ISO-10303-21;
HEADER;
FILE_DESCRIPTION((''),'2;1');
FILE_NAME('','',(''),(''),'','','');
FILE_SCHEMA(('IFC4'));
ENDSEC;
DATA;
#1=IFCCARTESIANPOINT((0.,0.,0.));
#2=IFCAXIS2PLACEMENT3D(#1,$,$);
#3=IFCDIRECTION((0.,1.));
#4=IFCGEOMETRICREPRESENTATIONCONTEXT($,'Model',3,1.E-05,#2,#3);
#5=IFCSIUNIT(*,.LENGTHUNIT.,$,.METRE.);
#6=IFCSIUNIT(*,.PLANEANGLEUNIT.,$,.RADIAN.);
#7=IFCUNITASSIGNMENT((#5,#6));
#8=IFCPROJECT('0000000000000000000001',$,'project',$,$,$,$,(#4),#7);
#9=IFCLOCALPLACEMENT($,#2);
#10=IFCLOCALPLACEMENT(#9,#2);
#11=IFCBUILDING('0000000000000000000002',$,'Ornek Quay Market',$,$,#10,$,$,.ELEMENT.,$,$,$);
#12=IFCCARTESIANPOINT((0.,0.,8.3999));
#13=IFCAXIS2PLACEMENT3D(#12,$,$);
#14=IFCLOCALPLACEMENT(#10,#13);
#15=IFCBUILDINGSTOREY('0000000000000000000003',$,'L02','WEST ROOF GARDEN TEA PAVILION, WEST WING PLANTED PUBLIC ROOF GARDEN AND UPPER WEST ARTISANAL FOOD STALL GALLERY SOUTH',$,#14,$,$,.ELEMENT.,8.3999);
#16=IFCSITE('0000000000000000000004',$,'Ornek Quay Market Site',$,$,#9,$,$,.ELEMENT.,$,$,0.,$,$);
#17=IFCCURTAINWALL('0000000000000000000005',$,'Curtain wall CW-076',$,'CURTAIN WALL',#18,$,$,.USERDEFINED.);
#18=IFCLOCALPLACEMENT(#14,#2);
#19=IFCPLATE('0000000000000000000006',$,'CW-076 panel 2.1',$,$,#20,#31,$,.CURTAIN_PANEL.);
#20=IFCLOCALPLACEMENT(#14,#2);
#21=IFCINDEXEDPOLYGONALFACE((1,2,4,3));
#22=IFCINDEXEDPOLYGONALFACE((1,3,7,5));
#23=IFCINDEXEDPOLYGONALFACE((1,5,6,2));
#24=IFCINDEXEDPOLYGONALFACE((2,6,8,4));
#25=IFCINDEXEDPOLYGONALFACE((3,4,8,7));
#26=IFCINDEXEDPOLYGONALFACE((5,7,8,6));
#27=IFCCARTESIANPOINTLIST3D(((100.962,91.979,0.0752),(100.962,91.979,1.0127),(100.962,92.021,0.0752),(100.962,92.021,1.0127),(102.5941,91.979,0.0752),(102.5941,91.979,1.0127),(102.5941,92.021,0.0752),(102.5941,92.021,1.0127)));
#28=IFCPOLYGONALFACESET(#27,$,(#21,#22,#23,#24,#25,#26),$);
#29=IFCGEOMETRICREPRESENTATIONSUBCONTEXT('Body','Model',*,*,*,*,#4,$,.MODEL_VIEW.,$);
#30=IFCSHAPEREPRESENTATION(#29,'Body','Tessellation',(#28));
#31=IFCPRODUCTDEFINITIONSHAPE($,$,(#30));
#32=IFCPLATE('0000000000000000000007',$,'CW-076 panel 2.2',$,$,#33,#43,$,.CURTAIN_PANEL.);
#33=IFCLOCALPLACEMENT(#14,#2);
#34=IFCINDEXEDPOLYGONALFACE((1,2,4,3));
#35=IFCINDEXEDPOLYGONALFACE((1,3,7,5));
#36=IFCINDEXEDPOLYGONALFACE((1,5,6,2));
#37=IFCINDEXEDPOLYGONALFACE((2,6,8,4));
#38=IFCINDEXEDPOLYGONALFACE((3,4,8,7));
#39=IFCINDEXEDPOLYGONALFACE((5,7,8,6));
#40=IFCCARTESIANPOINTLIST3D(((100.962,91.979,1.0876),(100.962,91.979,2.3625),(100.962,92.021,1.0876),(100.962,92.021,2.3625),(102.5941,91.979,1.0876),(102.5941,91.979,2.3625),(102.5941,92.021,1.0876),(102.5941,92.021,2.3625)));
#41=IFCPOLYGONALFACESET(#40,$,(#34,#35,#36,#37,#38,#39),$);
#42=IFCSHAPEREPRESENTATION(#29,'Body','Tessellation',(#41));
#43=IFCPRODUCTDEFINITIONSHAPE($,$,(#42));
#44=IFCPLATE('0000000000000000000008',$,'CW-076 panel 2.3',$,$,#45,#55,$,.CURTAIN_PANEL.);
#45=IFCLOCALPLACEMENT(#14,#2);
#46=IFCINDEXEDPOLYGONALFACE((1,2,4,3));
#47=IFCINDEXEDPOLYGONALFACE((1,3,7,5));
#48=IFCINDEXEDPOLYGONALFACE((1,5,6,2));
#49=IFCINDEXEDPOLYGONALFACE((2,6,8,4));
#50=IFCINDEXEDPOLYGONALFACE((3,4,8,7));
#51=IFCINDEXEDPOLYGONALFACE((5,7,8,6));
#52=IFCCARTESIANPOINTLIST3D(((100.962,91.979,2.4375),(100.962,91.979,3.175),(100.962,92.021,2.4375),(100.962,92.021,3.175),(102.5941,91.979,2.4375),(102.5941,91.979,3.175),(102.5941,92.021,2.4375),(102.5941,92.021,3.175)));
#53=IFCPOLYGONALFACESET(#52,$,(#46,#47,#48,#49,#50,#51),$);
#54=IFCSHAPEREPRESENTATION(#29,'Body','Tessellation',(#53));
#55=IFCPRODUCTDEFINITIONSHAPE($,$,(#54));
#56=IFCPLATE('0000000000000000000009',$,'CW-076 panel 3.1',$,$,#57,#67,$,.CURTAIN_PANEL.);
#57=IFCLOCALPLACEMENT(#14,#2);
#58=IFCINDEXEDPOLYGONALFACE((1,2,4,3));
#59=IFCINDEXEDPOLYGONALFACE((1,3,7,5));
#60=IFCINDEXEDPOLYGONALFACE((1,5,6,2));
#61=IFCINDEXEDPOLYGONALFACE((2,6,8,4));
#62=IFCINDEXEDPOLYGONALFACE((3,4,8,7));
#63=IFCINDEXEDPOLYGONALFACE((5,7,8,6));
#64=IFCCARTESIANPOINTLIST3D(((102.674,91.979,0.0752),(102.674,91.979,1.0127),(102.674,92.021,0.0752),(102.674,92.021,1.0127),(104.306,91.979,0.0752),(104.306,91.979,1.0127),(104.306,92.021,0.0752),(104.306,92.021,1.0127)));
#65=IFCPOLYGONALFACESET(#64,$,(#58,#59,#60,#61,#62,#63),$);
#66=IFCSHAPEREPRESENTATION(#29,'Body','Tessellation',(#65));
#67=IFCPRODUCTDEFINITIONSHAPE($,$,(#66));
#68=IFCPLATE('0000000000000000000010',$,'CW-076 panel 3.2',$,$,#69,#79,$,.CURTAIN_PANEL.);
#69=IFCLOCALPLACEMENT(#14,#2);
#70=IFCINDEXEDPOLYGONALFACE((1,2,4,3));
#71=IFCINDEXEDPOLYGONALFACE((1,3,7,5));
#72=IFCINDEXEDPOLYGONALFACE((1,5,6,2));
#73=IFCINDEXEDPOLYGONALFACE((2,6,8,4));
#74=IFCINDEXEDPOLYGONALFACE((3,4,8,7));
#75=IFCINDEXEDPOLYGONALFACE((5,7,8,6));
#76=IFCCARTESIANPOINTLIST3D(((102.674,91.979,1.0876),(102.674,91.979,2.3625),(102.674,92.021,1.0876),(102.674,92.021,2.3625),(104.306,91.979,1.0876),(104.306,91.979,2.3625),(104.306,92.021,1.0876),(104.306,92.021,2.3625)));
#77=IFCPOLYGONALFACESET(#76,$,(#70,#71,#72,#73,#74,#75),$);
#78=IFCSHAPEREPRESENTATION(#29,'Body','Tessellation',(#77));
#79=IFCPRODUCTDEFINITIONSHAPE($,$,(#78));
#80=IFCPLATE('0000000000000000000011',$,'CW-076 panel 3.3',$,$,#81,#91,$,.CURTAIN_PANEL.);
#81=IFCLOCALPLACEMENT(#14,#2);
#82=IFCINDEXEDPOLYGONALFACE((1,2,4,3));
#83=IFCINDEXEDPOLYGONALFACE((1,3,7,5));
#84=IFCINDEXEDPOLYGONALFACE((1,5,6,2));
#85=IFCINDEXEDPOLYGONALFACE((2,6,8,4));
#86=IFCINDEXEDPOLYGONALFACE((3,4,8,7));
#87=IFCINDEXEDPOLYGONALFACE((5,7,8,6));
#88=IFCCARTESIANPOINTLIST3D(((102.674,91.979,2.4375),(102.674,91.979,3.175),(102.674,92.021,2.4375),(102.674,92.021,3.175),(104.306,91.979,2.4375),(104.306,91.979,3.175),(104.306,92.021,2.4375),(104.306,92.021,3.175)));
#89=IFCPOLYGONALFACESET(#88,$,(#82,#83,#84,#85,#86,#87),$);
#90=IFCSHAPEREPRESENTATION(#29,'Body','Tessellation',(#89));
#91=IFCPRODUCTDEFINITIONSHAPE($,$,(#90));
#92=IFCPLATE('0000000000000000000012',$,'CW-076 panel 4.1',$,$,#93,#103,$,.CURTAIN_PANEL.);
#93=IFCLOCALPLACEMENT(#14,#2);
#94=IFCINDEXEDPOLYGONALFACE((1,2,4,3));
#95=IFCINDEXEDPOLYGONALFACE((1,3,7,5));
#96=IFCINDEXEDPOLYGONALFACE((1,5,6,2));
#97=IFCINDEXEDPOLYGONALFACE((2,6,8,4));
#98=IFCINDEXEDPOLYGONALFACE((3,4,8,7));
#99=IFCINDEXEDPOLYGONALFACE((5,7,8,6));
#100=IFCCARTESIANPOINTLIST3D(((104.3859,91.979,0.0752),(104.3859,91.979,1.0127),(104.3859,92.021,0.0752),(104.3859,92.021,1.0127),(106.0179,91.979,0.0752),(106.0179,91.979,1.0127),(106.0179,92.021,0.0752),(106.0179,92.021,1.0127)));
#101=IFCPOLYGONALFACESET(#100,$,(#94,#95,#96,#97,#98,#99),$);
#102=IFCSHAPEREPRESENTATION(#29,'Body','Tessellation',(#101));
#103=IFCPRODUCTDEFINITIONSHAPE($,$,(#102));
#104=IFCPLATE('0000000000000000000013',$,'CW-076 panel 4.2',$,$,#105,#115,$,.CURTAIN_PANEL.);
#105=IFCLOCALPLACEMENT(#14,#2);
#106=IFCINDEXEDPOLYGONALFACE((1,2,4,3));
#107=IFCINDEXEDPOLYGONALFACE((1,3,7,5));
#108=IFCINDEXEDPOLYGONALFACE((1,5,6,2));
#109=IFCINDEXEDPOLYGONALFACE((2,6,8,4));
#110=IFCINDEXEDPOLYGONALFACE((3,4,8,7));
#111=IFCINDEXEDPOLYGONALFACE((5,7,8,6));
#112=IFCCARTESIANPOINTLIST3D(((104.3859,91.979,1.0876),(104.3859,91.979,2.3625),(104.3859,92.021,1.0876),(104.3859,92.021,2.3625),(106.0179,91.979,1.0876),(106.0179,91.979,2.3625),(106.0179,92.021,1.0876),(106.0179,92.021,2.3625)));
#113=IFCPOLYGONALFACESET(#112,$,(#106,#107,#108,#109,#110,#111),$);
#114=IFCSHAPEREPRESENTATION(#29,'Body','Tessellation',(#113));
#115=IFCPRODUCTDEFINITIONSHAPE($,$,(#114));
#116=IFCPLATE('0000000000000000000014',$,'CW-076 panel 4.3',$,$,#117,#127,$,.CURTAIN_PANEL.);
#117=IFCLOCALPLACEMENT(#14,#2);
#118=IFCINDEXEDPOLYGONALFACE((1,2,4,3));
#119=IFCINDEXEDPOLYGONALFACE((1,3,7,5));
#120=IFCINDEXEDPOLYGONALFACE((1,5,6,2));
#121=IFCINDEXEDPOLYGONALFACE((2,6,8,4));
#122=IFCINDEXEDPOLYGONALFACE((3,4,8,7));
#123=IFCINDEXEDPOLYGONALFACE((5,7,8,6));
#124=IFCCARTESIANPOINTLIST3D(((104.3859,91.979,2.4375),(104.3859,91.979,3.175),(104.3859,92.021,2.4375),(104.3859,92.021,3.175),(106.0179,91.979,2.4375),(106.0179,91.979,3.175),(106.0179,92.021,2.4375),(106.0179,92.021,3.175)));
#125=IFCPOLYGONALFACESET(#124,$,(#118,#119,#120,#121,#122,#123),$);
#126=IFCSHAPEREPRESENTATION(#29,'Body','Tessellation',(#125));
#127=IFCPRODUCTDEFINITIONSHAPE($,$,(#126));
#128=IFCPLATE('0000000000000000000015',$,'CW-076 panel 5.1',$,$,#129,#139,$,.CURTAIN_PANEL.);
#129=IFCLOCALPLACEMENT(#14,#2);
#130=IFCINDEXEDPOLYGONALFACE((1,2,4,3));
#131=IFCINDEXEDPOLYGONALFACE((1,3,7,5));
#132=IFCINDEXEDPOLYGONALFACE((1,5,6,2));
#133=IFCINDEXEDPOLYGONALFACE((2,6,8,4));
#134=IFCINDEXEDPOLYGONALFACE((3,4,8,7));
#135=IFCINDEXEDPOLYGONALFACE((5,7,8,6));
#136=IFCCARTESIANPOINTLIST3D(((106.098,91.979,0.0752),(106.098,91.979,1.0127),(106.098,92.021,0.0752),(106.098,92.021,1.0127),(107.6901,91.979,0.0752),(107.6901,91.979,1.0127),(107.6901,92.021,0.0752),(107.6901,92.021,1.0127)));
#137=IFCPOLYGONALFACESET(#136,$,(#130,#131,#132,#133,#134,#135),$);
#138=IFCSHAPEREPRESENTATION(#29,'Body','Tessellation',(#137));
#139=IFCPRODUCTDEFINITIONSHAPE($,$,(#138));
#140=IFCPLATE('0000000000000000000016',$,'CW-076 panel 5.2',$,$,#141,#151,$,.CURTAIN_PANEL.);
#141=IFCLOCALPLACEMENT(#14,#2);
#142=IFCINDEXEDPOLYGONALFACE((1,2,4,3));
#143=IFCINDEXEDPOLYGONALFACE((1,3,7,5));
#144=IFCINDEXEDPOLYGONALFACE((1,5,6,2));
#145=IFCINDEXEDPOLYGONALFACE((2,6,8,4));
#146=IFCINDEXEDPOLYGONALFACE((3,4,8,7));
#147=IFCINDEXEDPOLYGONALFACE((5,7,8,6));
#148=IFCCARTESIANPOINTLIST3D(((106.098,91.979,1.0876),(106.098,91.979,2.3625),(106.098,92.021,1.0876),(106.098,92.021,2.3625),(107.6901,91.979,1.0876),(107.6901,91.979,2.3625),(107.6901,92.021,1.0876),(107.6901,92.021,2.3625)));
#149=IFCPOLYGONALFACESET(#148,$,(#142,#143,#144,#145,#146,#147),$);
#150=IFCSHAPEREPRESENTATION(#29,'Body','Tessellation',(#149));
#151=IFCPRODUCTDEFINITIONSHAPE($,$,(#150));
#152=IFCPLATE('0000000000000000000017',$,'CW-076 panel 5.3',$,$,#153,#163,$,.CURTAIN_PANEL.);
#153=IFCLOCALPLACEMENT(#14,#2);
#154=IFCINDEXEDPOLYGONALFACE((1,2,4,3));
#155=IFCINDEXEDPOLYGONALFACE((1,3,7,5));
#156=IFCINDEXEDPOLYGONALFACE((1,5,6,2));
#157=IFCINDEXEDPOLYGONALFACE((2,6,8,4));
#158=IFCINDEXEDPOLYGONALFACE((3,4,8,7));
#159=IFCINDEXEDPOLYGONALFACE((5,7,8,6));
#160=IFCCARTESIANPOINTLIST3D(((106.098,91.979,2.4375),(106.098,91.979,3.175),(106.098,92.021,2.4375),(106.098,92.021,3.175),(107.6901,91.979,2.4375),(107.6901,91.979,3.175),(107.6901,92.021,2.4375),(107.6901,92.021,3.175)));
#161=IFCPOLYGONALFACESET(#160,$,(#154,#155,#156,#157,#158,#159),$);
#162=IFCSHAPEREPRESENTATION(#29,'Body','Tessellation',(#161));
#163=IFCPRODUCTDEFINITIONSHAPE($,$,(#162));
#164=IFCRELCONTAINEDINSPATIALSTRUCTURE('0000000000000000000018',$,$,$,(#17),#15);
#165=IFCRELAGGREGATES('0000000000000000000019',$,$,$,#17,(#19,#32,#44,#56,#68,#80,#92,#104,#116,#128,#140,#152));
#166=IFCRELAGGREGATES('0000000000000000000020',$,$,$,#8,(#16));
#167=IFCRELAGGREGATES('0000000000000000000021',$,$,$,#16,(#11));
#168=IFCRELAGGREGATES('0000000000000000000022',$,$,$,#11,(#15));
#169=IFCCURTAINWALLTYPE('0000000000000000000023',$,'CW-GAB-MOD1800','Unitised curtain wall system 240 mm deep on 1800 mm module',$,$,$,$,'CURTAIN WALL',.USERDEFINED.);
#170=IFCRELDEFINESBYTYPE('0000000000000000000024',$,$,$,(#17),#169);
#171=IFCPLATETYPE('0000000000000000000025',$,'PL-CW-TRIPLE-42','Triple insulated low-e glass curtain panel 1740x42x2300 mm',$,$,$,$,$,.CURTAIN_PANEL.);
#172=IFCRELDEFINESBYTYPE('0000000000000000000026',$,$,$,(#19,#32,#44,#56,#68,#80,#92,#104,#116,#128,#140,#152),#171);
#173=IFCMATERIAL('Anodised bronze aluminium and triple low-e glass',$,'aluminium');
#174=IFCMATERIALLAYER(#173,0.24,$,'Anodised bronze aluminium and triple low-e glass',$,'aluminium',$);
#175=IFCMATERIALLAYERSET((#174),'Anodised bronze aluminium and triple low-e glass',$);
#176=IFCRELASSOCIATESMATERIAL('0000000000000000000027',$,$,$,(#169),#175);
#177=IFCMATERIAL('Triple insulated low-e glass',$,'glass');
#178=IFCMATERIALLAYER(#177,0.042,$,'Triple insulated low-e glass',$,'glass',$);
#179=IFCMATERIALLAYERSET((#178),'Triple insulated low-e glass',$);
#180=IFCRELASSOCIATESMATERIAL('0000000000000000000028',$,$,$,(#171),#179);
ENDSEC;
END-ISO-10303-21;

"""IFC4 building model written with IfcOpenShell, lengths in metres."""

from ifc_helpers import new_model, si_unit, direction, frame, origin, origin_2d, place, context, subcontext, project, spatial, rectangle, extrude, material, layer, layer_set, type_object, element, aggregate, save


model = new_model("IFC4")

# Units and contexts
model_context = context("Model", 3, precision=1e-05, world=origin(), true_north=direction((0.0, 1.0)))
body_context = subcontext(model_context, "Body", "Model", "MODEL_VIEW")
ifc_project = project(units=[si_unit("LENGTHUNIT", "METRE"), si_unit("PLANEANGLEUNIT", "RADIAN")], contexts=[model_context])

# Site, building, storey
site_placement = place(None, origin())
site = spatial("IfcSite", under=ifc_project, at=site_placement, Name="Ornek Quay Market Site", CompositionType="ELEMENT", RefElevation=0.0)
building_placement = place(site_placement, origin())
building = spatial("IfcBuilding", under=site, at=building_placement, Name="Ornek Quay Market", CompositionType="ELEMENT")
storey_placement = place(building_placement, frame((0.0, 0.0, 8.3999)))
storey = spatial("IfcBuildingStorey", under=building, at=storey_placement, Name="L02", Description="WEST ROOF GARDEN TEA PAVILION, WEST WING PLANTED PUBLIC ROOF GARDEN AND UPPER WEST ARTISANAL FOOD STALL GALLERY SOUTH", CompositionType="ELEMENT", Elevation=8.3999)

# Curtain wall, plates
ifc_material_1 = material(Name="Anodised bronze aluminium and triple low-e glass", Category="aluminium")
ifc_layer_1 = layer(ifc_material_1, 0.24, Name="Anodised bronze aluminium and triple low-e glass", Category="aluminium")
ifc_layer_set_1 = layer_set([ifc_layer_1], Name="Anodised bronze aluminium and triple low-e glass")
curtain_wall_type = type_object("IfcCurtainWallType", Name="CW-GAB-MOD1800", Description="Unitised curtain wall system 240 mm deep on 1800 mm module", ElementType="CURTAIN WALL", PredefinedType="USERDEFINED", material=ifc_layer_set_1)
curtain_wall_placement = place(storey_placement, origin())
curtain_wall = element("IfcCurtainWall", 1, at=curtain_wall_placement, inside=storey, type_object=curtain_wall_type, Name="Curtain wall CW-076", ObjectType="CURTAIN WALL", PredefinedType="USERDEFINED")
ifc_material_2 = material(Name="Triple insulated low-e glass", Category="glass")
ifc_layer_2 = layer(ifc_material_2, 0.042, Name="Triple insulated low-e glass", Category="glass")
ifc_layer_set_2 = layer_set([ifc_layer_2], Name="Triple insulated low-e glass")
plate_type = type_object("IfcPlateType", Name="PL-CW-TRIPLE-42", Description="Triple insulated low-e glass curtain panel 1740x42x2300 mm", PredefinedType="CURTAIN_PANEL", material=ifc_layer_set_2)
plate_1_placement = place(storey_placement, frame((101.7781, 92.0, 0.0752), z_axis=(0.0, 0.0, 1.0), x_axis=(1.0, 0.0, 0.0)))
plate_1 = element("IfcPlate", 2, at=plate_1_placement, type_object=plate_type, Name="CW-076 panel 2.1", PredefinedType="CURTAIN_PANEL", context=body_context, shape_type="SweptSolid", body=[
    extrude(rectangle(XDim=1.6321, YDim=0.042, at=origin_2d()), origin(), (0.0, 0.0, 1.0), 0.9375),
])
plate_2_placement = place(storey_placement, frame((101.7781, 92.0, 1.0876), z_axis=(0.0, 0.0, 1.0), x_axis=(1.0, 0.0, 0.0)))
plate_2 = element("IfcPlate", 3, at=plate_2_placement, type_object=plate_type, Name="CW-076 panel 2.2", PredefinedType="CURTAIN_PANEL", context=body_context, shape_type="SweptSolid", body=[
    extrude(rectangle(XDim=1.6321, YDim=0.042, at=origin_2d()), origin(), (0.0, 0.0, 1.0), 1.2749),
])
plate_3_placement = place(storey_placement, frame((101.7781, 92.0, 2.4375), z_axis=(0.0, 0.0, 1.0), x_axis=(1.0, 0.0, 0.0)))
plate_3 = element("IfcPlate", 4, at=plate_3_placement, type_object=plate_type, Name="CW-076 panel 2.3", PredefinedType="CURTAIN_PANEL", context=body_context, shape_type="SweptSolid", body=[
    extrude(rectangle(XDim=1.6321, YDim=0.042, at=origin_2d()), origin(), (0.0, 0.0, 1.0), 0.7375),
])
plate_4_placement = place(storey_placement, frame((103.49, 92.0, 0.0752), z_axis=(0.0, 0.0, 1.0), x_axis=(1.0, 0.0, 0.0)))
plate_4 = element("IfcPlate", 5, at=plate_4_placement, type_object=plate_type, Name="CW-076 panel 3.1", PredefinedType="CURTAIN_PANEL", context=body_context, shape_type="SweptSolid", body=[
    extrude(rectangle(XDim=1.6321, YDim=0.042, at=origin_2d()), origin(), (0.0, 0.0, 1.0), 0.9375),
])
plate_5_placement = place(storey_placement, frame((103.49, 92.0, 1.0876), z_axis=(0.0, 0.0, 1.0), x_axis=(1.0, 0.0, 0.0)))
plate_5 = element("IfcPlate", 6, at=plate_5_placement, type_object=plate_type, Name="CW-076 panel 3.2", PredefinedType="CURTAIN_PANEL", context=body_context, shape_type="SweptSolid", body=[
    extrude(rectangle(XDim=1.6321, YDim=0.042, at=origin_2d()), origin(), (0.0, 0.0, 1.0), 1.2749),
])
plate_6_placement = place(storey_placement, frame((103.49, 92.0, 2.4375), z_axis=(0.0, 0.0, 1.0), x_axis=(1.0, 0.0, 0.0)))
plate_6 = element("IfcPlate", 7, at=plate_6_placement, type_object=plate_type, Name="CW-076 panel 3.3", PredefinedType="CURTAIN_PANEL", context=body_context, shape_type="SweptSolid", body=[
    extrude(rectangle(XDim=1.6321, YDim=0.042, at=origin_2d()), origin(), (0.0, 0.0, 1.0), 0.7375),
])
plate_7_placement = place(storey_placement, frame((105.2019, 92.0, 0.0752), z_axis=(0.0, 0.0, 1.0), x_axis=(1.0, 0.0, 0.0)))
plate_7 = element("IfcPlate", 8, at=plate_7_placement, type_object=plate_type, Name="CW-076 panel 4.1", PredefinedType="CURTAIN_PANEL", context=body_context, shape_type="SweptSolid", body=[
    extrude(rectangle(XDim=1.6321, YDim=0.042, at=origin_2d()), origin(), (0.0, 0.0, 1.0), 0.9375),
])
plate_8_placement = place(storey_placement, frame((105.2019, 92.0, 1.0876), z_axis=(0.0, 0.0, 1.0), x_axis=(1.0, 0.0, 0.0)))
plate_8 = element("IfcPlate", 9, at=plate_8_placement, type_object=plate_type, Name="CW-076 panel 4.2", PredefinedType="CURTAIN_PANEL", context=body_context, shape_type="SweptSolid", body=[
    extrude(rectangle(XDim=1.6321, YDim=0.042, at=origin_2d()), origin(), (0.0, 0.0, 1.0), 1.2749),
])
plate_9_placement = place(storey_placement, frame((105.2019, 92.0, 2.4375), z_axis=(0.0, 0.0, 1.0), x_axis=(1.0, 0.0, 0.0)))
plate_9 = element("IfcPlate", 10, at=plate_9_placement, type_object=plate_type, Name="CW-076 panel 4.3", PredefinedType="CURTAIN_PANEL", context=body_context, shape_type="SweptSolid", body=[
    extrude(rectangle(XDim=1.6321, YDim=0.042, at=origin_2d()), origin(), (0.0, 0.0, 1.0), 0.7375),
])
plate_10_placement = place(storey_placement, frame((106.894, 92.0, 0.0752), z_axis=(0.0, 0.0, 1.0), x_axis=(1.0, 0.0, 0.0)))
plate_10 = element("IfcPlate", 11, at=plate_10_placement, type_object=plate_type, Name="CW-076 panel 5.1", PredefinedType="CURTAIN_PANEL", context=body_context, shape_type="SweptSolid", body=[
    extrude(rectangle(XDim=1.592, YDim=0.042, at=origin_2d()), origin(), (0.0, 0.0, 1.0), 0.9375),
])
plate_11_placement = place(storey_placement, frame((106.894, 92.0, 1.0876), z_axis=(0.0, 0.0, 1.0), x_axis=(1.0, 0.0, 0.0)))
plate_11 = element("IfcPlate", 12, at=plate_11_placement, type_object=plate_type, Name="CW-076 panel 5.2", PredefinedType="CURTAIN_PANEL", context=body_context, shape_type="SweptSolid", body=[
    extrude(rectangle(XDim=1.592, YDim=0.042, at=origin_2d()), origin(), (0.0, 0.0, 1.0), 1.2749),
])
plate_12_placement = place(storey_placement, frame((106.894, 92.0, 2.4375), z_axis=(0.0, 0.0, 1.0), x_axis=(1.0, 0.0, 0.0)))
plate_12 = element("IfcPlate", 13, at=plate_12_placement, type_object=plate_type, Name="CW-076 panel 5.3", PredefinedType="CURTAIN_PANEL", context=body_context, shape_type="SweptSolid", body=[
    extrude(rectangle(XDim=1.592, YDim=0.042, at=origin_2d()), origin(), (0.0, 0.0, 1.0), 0.7375),
])
aggregate(curtain_wall, [plate_1, plate_2, plate_3, plate_4, plate_5, plate_6, plate_7, plate_8, plate_9, plate_10, plate_11, plate_12])

save(model, "model.ifc")
